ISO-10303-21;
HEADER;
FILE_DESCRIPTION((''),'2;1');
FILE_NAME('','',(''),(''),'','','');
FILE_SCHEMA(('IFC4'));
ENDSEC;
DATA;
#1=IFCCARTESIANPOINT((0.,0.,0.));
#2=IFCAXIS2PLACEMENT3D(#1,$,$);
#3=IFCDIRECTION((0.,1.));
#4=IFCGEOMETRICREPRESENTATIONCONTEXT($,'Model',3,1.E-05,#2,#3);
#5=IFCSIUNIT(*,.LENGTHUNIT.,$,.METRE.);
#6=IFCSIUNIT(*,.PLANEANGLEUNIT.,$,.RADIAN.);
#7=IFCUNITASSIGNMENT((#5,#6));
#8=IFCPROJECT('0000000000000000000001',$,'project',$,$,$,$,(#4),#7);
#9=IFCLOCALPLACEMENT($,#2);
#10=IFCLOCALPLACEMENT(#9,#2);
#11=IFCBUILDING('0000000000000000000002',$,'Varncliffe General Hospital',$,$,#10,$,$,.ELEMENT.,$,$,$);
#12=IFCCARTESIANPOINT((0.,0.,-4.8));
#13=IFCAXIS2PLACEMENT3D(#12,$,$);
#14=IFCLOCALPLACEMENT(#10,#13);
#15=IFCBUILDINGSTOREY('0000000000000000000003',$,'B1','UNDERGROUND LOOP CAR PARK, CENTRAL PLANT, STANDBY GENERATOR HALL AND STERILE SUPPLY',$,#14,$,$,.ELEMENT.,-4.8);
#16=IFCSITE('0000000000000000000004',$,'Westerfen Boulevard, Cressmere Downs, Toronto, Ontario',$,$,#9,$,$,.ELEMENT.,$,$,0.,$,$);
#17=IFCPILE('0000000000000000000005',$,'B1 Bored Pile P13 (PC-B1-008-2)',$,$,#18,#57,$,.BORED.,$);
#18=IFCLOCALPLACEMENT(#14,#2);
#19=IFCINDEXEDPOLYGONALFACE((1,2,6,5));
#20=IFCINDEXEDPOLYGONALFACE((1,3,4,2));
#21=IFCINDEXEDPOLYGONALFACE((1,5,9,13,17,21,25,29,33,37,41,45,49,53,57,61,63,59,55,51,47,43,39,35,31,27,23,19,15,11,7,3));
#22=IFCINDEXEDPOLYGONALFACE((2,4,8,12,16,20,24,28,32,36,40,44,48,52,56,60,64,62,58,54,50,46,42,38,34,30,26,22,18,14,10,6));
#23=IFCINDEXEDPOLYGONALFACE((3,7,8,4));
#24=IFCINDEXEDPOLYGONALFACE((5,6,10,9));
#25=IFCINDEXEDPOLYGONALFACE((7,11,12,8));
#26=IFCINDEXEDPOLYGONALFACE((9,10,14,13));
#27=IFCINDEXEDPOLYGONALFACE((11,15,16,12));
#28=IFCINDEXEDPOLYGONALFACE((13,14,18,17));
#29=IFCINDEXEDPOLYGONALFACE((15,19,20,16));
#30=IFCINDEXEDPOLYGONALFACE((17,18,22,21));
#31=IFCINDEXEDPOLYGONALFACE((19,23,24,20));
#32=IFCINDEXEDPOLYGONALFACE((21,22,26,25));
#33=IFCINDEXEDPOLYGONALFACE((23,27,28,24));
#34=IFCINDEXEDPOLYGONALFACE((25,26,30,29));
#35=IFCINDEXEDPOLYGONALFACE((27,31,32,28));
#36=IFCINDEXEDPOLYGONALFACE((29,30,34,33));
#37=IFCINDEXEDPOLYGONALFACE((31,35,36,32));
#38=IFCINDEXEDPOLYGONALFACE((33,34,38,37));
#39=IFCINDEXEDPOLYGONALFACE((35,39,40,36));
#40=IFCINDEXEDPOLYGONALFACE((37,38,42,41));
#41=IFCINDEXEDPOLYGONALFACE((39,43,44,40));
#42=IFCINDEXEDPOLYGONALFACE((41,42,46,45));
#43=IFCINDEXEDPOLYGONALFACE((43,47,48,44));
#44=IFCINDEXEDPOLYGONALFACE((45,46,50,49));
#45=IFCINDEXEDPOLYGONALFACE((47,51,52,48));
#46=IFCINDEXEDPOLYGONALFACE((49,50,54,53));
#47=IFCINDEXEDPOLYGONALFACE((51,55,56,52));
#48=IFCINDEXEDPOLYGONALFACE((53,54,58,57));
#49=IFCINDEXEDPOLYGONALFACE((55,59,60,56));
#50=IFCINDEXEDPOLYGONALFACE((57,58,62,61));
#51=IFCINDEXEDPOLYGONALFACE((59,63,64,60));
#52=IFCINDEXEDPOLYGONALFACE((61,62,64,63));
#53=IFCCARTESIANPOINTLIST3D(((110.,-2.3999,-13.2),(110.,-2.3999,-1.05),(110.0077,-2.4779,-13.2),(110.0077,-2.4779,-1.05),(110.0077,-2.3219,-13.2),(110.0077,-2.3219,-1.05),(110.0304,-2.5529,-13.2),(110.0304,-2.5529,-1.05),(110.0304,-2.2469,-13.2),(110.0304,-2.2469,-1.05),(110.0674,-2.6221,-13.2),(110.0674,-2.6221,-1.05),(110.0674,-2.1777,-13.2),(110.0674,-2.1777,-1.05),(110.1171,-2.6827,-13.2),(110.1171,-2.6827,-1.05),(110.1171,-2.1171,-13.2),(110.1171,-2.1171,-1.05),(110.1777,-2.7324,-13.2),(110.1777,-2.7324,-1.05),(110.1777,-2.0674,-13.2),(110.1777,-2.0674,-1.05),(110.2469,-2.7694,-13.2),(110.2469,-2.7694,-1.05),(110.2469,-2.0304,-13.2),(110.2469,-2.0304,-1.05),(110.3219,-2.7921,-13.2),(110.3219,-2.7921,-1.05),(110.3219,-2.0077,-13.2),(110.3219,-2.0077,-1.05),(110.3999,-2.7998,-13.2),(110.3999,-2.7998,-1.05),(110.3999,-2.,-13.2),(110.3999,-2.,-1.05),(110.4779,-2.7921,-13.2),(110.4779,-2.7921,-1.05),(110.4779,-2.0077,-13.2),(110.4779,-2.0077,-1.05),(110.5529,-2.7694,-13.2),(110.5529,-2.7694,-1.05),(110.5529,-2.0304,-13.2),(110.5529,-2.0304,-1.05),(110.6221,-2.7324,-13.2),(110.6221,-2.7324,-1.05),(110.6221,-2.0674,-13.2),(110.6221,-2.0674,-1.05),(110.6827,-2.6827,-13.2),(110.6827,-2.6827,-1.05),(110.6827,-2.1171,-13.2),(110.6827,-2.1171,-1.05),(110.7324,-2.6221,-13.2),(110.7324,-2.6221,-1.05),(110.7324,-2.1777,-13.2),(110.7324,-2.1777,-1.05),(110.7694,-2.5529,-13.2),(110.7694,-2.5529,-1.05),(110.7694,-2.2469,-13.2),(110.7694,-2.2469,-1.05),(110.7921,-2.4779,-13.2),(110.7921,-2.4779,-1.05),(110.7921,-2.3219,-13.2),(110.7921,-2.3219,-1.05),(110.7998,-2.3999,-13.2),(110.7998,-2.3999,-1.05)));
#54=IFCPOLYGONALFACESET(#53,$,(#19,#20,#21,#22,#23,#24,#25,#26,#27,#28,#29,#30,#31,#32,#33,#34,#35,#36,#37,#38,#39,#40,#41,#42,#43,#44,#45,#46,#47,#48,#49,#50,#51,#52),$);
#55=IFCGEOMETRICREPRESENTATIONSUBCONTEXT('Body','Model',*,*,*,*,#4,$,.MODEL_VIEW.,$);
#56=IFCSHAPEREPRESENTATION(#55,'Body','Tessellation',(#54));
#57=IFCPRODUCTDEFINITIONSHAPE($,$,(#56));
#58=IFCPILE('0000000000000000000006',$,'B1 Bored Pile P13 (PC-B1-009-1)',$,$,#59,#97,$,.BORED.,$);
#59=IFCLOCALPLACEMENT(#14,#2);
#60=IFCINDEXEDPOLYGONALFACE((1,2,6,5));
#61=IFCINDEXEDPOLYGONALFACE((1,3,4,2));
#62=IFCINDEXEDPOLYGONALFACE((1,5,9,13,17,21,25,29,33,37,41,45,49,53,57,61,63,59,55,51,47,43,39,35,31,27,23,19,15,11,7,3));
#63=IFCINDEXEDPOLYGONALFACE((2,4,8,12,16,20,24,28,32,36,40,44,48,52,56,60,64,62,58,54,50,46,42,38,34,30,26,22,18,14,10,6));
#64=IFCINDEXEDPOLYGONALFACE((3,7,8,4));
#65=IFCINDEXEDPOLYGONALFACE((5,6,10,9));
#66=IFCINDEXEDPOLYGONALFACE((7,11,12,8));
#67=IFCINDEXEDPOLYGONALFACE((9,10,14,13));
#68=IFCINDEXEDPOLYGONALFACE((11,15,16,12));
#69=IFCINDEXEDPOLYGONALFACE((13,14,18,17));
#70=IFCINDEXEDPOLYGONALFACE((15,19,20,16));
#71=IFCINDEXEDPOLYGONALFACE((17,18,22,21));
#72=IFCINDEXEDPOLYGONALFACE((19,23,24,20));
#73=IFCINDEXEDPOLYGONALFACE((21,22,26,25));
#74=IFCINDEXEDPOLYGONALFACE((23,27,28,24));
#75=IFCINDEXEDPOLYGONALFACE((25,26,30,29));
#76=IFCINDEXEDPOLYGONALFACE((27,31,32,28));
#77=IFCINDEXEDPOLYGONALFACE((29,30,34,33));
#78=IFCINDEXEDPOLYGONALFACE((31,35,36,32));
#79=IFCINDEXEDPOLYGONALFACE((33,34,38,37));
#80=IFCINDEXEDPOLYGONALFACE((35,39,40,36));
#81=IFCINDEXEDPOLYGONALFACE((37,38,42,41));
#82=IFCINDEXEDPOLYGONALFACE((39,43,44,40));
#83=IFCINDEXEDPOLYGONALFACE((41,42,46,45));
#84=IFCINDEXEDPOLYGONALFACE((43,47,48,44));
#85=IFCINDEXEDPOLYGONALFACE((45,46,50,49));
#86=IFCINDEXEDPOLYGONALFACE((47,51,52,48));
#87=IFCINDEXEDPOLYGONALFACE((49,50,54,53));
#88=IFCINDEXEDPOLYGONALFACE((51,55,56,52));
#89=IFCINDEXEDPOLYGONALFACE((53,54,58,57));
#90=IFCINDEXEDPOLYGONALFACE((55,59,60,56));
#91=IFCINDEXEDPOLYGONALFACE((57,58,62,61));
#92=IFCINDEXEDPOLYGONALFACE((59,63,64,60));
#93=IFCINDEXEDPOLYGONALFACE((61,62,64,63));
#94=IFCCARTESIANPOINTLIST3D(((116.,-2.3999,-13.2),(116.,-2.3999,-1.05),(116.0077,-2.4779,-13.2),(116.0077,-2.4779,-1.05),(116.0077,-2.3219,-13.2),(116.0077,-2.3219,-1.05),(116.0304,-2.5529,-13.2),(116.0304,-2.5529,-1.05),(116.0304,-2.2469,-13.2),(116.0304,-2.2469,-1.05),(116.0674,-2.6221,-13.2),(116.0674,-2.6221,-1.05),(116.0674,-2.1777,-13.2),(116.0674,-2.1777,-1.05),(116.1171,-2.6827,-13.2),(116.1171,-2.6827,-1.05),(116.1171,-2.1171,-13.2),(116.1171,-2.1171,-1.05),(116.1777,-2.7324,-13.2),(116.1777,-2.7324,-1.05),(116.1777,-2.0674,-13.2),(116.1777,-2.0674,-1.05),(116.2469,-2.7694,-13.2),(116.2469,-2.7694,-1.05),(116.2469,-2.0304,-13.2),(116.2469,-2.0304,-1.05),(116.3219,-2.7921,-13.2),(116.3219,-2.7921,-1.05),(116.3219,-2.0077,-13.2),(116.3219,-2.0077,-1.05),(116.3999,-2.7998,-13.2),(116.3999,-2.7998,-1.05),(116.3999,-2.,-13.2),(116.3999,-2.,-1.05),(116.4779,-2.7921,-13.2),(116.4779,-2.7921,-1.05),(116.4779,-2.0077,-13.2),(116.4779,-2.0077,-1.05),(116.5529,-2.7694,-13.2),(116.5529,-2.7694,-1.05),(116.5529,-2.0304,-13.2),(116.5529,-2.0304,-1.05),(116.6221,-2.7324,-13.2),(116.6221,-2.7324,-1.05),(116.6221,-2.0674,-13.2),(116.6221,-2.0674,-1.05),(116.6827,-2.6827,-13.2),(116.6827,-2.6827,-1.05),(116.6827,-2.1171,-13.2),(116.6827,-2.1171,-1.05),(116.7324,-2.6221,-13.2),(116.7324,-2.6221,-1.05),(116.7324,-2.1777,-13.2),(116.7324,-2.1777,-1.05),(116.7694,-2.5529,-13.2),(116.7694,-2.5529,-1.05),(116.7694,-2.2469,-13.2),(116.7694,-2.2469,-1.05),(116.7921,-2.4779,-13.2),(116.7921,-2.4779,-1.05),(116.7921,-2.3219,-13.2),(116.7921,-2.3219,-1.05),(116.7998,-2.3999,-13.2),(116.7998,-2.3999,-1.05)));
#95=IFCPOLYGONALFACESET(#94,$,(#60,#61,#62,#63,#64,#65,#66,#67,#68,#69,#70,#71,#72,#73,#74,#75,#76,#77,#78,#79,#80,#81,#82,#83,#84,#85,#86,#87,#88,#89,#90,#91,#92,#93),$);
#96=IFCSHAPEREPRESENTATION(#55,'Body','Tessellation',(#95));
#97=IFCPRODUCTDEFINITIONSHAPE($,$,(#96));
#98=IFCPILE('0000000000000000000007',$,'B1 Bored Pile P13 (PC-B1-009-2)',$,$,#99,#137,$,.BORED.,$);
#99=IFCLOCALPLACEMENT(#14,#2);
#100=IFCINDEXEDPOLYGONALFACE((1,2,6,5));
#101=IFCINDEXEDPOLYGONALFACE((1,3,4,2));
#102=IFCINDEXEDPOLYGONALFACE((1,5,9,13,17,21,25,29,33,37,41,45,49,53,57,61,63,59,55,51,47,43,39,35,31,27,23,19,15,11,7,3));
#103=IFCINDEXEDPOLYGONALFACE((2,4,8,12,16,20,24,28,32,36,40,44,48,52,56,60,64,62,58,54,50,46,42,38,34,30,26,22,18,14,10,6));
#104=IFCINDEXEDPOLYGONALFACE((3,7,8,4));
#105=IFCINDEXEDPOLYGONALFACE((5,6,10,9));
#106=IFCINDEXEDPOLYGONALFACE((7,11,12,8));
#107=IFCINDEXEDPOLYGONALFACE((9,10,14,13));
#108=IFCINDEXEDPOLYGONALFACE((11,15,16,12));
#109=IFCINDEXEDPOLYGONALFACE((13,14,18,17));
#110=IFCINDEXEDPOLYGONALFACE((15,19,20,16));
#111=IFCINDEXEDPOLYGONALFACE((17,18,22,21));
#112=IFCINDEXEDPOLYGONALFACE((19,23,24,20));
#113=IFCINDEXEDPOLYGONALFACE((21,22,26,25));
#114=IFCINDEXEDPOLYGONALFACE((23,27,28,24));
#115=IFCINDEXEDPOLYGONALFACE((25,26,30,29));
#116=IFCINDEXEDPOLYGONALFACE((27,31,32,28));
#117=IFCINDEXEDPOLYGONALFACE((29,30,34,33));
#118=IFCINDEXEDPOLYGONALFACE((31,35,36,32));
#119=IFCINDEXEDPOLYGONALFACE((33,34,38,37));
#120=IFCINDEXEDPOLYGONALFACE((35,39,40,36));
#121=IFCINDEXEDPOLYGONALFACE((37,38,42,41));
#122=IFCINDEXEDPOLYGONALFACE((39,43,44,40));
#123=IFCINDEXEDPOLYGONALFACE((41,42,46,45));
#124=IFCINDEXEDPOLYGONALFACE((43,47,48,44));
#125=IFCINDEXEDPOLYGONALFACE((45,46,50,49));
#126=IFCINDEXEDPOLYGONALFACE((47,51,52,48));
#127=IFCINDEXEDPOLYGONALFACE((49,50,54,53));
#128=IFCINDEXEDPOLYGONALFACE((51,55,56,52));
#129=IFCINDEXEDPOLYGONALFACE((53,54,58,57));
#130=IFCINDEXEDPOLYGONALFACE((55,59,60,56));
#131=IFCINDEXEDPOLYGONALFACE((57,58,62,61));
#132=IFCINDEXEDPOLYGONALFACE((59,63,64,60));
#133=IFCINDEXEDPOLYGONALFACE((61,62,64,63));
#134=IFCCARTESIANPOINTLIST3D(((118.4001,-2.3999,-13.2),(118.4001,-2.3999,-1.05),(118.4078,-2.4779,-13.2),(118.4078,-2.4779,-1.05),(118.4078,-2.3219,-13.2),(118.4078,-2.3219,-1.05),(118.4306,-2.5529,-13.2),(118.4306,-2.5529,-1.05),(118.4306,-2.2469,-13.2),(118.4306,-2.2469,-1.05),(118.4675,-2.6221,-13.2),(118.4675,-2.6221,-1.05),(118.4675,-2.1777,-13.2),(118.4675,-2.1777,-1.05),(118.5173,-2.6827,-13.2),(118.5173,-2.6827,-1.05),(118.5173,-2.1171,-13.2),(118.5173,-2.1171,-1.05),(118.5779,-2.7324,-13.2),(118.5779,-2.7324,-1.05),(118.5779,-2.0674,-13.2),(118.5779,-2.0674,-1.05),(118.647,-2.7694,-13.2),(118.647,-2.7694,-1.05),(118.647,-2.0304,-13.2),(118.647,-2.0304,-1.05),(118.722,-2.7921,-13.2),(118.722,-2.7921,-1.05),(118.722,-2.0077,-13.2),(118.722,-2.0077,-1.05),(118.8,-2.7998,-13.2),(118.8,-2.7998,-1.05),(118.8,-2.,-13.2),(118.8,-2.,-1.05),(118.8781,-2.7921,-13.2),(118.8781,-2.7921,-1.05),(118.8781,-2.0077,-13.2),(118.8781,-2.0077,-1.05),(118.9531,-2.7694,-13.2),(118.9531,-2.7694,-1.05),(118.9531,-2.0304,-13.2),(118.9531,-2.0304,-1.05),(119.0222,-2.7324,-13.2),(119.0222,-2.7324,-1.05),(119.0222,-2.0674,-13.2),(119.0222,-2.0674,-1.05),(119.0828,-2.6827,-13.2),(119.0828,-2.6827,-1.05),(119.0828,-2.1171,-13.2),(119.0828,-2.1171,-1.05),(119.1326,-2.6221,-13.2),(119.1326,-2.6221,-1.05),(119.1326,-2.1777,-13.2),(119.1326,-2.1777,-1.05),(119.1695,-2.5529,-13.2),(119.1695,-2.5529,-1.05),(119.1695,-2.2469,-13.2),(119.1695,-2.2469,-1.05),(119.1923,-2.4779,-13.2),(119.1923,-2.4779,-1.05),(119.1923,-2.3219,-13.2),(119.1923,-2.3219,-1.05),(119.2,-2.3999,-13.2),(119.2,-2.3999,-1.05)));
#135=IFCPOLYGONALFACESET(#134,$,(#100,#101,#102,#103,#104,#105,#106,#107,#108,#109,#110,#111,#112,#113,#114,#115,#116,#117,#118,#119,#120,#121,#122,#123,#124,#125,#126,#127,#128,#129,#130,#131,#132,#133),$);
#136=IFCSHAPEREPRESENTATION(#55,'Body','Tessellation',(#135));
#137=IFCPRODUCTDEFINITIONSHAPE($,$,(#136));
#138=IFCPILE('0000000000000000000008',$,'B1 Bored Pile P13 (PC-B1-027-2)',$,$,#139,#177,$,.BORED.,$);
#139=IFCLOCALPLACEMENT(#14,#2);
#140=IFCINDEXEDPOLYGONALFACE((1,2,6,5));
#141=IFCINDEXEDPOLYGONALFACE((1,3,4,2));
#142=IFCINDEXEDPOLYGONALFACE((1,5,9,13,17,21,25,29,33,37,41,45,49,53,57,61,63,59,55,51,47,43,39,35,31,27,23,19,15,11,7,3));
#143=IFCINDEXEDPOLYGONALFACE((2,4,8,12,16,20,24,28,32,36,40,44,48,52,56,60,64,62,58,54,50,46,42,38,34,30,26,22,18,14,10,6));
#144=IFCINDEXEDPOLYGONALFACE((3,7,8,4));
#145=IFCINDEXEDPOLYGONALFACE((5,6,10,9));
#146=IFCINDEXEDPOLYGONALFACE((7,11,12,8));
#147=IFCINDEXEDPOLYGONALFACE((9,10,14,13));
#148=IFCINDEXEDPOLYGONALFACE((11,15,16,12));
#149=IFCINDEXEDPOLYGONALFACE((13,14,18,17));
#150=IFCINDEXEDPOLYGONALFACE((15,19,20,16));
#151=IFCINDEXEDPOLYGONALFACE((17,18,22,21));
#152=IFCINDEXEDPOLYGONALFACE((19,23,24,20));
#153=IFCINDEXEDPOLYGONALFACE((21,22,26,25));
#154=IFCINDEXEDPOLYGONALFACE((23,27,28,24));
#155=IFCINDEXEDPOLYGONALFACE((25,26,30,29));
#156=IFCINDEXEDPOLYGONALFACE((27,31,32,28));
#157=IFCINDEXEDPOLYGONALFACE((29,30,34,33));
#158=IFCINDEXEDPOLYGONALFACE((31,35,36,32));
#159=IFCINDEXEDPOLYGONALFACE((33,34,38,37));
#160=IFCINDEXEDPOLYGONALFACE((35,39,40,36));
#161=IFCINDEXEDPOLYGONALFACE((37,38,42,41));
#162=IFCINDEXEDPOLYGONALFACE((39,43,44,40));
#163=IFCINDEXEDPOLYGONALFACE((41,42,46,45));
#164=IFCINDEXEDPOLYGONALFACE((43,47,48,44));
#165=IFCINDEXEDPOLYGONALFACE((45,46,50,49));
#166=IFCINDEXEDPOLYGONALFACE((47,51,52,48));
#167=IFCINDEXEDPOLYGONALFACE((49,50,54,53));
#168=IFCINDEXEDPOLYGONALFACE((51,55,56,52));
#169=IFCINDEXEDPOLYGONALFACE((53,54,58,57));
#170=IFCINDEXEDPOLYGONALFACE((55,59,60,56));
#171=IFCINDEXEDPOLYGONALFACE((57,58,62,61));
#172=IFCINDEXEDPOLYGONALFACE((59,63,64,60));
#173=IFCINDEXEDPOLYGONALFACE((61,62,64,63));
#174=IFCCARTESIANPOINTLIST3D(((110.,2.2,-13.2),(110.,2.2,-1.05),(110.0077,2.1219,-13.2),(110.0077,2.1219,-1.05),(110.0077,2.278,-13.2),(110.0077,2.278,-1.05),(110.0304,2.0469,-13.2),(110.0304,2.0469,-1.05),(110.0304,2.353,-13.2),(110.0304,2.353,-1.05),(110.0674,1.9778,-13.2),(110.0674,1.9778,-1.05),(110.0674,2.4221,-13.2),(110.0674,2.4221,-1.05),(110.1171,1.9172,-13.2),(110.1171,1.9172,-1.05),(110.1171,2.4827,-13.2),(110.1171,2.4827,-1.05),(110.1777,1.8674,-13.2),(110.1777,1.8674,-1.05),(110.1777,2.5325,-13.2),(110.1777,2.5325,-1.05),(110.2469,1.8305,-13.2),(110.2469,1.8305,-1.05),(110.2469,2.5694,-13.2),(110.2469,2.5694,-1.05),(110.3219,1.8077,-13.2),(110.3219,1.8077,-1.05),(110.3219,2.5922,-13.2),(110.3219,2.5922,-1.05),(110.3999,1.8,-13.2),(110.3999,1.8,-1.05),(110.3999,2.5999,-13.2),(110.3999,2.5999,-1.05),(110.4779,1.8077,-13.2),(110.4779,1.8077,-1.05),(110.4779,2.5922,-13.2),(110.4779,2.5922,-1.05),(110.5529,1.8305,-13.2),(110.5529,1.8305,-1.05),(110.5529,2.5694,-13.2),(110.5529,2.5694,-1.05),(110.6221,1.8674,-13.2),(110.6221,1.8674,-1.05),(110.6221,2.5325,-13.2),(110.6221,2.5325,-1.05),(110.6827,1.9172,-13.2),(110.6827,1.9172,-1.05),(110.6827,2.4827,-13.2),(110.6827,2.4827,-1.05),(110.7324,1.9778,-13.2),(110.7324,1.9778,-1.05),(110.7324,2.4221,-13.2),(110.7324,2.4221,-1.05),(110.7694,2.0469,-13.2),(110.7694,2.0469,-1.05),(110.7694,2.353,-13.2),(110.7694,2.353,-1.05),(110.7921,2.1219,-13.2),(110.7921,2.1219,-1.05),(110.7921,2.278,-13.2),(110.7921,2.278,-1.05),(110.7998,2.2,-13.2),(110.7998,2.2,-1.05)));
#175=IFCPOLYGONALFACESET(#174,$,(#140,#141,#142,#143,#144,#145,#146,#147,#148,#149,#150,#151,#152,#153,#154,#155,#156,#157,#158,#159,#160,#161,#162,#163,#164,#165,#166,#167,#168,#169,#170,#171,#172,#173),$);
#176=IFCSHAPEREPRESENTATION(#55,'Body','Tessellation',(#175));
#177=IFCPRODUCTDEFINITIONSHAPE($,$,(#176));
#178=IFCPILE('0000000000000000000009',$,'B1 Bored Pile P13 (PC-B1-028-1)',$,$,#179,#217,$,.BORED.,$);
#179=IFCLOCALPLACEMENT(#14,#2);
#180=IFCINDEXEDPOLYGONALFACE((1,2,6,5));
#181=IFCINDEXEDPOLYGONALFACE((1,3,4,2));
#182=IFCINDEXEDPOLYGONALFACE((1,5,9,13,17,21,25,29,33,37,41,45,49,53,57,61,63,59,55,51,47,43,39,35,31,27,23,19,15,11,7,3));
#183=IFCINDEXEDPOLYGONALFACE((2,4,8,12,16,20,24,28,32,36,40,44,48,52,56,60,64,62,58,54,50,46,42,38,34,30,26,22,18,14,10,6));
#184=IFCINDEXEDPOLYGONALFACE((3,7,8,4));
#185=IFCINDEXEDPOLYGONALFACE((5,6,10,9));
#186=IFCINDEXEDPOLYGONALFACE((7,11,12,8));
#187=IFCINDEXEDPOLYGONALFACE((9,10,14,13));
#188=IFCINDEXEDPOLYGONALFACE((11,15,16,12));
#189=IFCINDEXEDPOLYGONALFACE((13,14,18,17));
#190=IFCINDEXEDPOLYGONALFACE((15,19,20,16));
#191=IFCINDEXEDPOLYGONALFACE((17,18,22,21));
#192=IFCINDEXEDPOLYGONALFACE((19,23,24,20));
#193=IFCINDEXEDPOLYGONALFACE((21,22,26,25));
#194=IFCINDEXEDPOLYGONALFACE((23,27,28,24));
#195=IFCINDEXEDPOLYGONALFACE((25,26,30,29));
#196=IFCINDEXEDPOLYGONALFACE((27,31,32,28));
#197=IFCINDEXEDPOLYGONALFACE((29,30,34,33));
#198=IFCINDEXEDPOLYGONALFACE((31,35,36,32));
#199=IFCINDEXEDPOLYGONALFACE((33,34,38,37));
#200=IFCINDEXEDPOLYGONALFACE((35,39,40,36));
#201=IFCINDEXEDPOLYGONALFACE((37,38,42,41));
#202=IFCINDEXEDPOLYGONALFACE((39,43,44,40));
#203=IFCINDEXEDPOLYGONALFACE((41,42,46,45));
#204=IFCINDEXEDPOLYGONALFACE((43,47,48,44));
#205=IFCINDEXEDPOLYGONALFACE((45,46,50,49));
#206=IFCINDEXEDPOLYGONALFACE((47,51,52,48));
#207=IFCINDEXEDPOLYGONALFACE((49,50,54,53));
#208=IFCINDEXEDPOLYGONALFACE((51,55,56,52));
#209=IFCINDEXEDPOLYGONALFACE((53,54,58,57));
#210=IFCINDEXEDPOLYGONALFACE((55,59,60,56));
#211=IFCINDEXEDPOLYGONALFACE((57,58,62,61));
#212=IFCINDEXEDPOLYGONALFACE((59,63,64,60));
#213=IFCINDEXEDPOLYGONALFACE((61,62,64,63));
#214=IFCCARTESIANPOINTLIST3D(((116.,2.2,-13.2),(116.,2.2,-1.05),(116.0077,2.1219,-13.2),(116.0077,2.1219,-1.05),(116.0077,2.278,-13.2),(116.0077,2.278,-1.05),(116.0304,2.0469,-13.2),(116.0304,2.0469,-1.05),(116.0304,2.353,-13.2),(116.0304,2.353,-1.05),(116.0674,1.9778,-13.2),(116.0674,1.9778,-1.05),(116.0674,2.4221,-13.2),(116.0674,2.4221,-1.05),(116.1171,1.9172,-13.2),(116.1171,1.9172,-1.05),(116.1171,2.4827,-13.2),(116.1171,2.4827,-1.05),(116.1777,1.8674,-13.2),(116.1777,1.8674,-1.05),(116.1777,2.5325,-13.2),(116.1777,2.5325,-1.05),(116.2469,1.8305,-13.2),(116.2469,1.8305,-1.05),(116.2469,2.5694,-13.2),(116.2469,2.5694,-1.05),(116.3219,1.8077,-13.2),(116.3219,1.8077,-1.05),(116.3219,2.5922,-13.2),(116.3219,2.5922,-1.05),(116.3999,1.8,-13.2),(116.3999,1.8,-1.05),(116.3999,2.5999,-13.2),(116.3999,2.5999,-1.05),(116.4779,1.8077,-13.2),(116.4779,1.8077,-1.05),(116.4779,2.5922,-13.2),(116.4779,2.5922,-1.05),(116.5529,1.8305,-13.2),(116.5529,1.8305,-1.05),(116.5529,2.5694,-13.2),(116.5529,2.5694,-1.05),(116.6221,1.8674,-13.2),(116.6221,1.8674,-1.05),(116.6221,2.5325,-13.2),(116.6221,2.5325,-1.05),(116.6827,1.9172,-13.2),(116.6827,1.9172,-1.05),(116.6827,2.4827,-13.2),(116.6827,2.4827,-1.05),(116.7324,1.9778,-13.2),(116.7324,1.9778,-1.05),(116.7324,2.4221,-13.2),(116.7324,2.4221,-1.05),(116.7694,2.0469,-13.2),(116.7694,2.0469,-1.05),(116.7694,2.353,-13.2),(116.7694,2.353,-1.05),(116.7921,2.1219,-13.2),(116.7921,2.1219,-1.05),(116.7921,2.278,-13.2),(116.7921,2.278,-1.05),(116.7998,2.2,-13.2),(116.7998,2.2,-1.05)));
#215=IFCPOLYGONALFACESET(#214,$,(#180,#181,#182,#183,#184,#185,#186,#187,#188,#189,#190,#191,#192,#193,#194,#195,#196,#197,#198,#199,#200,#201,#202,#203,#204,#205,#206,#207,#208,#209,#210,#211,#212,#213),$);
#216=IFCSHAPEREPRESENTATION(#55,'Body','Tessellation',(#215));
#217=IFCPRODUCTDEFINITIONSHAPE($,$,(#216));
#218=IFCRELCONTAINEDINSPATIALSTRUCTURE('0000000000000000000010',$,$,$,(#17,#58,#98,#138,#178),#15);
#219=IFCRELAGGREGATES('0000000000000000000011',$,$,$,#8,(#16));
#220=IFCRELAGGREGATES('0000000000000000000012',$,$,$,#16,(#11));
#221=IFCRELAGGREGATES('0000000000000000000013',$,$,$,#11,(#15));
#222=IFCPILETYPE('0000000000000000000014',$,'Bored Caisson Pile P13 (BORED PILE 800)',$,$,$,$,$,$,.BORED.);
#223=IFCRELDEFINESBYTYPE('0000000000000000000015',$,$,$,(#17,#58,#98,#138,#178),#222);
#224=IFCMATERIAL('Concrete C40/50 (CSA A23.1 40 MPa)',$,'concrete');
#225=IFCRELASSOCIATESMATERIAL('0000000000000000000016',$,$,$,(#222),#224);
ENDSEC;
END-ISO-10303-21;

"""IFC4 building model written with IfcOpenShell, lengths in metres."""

from ifc_helpers import new_model, si_unit, direction, frame, origin, origin_2d, place, context, subcontext, project, spatial, circle, extrude, material, material_profile, profile_set, type_object, element, save


model = new_model("IFC4")

# Units and contexts
model_context = context("Model", 3, precision=1e-05, world=origin(), true_north=direction((0.0, 1.0)))
body_context = subcontext(model_context, "Body", "Model", "MODEL_VIEW")
ifc_project = project(units=[si_unit("LENGTHUNIT", "METRE"), si_unit("PLANEANGLEUNIT", "RADIAN")], contexts=[model_context])

# Site, building, storey
site_placement = place(None, origin())
site = spatial("IfcSite", under=ifc_project, at=site_placement, Name="Westerfen Boulevard, Cressmere Downs, Toronto, Ontario", CompositionType="ELEMENT", RefElevation=0.0)
building_placement = place(site_placement, origin())
building = spatial("IfcBuilding", under=site, at=building_placement, Name="Varncliffe General Hospital", CompositionType="ELEMENT")
storey_placement = place(building_placement, frame((0.0, 0.0, -4.8)))
storey = spatial("IfcBuildingStorey", under=building, at=storey_placement, Name="B1", Description="UNDERGROUND LOOP CAR PARK, CENTRAL PLANT, STANDBY GENERATOR HALL AND STERILE SUPPLY", CompositionType="ELEMENT", Elevation=-4.8)

# Piles
ifc_material_1 = material(Name="Concrete C40/50 (CSA A23.1 40 MPa)", Category="concrete")
ifc_material_profile_1 = material_profile(ifc_material_1, circle(Radius=0.3999, at=origin_2d()), Name="BORED PILE 800")
ifc_profile_set_1 = profile_set([ifc_material_profile_1], Name="Concrete C40/50 (CSA A23.1 40 MPa)")
pile_type = type_object("IfcPileType", Name="Bored Caisson Pile P13 (BORED PILE 800)", PredefinedType="BORED", material=ifc_profile_set_1)
for number, where, z_axis, x_axis, name in (
    (1, (110.3999, -2.3999, -1.05), (0.0, 0.0, -1.0), (1.0, 0.0, 0.0), "B1 Bored Pile P13 (PC-B1-008-2)"),
    (2, (116.3999, -2.3999, -1.05), (0.0, 0.0, -1.0), (1.0, 0.0, 0.0), "B1 Bored Pile P13 (PC-B1-009-1)"),
    (3, (118.8, -2.3999, -1.05), (0.0, 0.0, -1.0), (1.0, 0.0, 0.0), "B1 Bored Pile P13 (PC-B1-009-2)"),
    (4, (110.3999, 2.2, -1.05), (0.0, 0.0, -1.0), (1.0, 0.0, 0.0), "B1 Bored Pile P13 (PC-B1-027-2)"),
    (5, (116.3999, 2.2, -1.05), (0.0, 0.0, -1.0), (1.0, 0.0, 0.0), "B1 Bored Pile P13 (PC-B1-028-1)"),
):
    element("IfcPile", number, at=place(storey_placement, frame(where, z_axis=z_axis, x_axis=x_axis)), inside=storey, type_object=pile_type, Name=name, PredefinedType="BORED", context=body_context, shape_type="SweptSolid", body=[
        extrude(circle(Radius=0.3999, at=origin_2d()), origin(), (0.0, 0.0, 1.0), 12.1499),
    ])

save(model, "model.ifc")
